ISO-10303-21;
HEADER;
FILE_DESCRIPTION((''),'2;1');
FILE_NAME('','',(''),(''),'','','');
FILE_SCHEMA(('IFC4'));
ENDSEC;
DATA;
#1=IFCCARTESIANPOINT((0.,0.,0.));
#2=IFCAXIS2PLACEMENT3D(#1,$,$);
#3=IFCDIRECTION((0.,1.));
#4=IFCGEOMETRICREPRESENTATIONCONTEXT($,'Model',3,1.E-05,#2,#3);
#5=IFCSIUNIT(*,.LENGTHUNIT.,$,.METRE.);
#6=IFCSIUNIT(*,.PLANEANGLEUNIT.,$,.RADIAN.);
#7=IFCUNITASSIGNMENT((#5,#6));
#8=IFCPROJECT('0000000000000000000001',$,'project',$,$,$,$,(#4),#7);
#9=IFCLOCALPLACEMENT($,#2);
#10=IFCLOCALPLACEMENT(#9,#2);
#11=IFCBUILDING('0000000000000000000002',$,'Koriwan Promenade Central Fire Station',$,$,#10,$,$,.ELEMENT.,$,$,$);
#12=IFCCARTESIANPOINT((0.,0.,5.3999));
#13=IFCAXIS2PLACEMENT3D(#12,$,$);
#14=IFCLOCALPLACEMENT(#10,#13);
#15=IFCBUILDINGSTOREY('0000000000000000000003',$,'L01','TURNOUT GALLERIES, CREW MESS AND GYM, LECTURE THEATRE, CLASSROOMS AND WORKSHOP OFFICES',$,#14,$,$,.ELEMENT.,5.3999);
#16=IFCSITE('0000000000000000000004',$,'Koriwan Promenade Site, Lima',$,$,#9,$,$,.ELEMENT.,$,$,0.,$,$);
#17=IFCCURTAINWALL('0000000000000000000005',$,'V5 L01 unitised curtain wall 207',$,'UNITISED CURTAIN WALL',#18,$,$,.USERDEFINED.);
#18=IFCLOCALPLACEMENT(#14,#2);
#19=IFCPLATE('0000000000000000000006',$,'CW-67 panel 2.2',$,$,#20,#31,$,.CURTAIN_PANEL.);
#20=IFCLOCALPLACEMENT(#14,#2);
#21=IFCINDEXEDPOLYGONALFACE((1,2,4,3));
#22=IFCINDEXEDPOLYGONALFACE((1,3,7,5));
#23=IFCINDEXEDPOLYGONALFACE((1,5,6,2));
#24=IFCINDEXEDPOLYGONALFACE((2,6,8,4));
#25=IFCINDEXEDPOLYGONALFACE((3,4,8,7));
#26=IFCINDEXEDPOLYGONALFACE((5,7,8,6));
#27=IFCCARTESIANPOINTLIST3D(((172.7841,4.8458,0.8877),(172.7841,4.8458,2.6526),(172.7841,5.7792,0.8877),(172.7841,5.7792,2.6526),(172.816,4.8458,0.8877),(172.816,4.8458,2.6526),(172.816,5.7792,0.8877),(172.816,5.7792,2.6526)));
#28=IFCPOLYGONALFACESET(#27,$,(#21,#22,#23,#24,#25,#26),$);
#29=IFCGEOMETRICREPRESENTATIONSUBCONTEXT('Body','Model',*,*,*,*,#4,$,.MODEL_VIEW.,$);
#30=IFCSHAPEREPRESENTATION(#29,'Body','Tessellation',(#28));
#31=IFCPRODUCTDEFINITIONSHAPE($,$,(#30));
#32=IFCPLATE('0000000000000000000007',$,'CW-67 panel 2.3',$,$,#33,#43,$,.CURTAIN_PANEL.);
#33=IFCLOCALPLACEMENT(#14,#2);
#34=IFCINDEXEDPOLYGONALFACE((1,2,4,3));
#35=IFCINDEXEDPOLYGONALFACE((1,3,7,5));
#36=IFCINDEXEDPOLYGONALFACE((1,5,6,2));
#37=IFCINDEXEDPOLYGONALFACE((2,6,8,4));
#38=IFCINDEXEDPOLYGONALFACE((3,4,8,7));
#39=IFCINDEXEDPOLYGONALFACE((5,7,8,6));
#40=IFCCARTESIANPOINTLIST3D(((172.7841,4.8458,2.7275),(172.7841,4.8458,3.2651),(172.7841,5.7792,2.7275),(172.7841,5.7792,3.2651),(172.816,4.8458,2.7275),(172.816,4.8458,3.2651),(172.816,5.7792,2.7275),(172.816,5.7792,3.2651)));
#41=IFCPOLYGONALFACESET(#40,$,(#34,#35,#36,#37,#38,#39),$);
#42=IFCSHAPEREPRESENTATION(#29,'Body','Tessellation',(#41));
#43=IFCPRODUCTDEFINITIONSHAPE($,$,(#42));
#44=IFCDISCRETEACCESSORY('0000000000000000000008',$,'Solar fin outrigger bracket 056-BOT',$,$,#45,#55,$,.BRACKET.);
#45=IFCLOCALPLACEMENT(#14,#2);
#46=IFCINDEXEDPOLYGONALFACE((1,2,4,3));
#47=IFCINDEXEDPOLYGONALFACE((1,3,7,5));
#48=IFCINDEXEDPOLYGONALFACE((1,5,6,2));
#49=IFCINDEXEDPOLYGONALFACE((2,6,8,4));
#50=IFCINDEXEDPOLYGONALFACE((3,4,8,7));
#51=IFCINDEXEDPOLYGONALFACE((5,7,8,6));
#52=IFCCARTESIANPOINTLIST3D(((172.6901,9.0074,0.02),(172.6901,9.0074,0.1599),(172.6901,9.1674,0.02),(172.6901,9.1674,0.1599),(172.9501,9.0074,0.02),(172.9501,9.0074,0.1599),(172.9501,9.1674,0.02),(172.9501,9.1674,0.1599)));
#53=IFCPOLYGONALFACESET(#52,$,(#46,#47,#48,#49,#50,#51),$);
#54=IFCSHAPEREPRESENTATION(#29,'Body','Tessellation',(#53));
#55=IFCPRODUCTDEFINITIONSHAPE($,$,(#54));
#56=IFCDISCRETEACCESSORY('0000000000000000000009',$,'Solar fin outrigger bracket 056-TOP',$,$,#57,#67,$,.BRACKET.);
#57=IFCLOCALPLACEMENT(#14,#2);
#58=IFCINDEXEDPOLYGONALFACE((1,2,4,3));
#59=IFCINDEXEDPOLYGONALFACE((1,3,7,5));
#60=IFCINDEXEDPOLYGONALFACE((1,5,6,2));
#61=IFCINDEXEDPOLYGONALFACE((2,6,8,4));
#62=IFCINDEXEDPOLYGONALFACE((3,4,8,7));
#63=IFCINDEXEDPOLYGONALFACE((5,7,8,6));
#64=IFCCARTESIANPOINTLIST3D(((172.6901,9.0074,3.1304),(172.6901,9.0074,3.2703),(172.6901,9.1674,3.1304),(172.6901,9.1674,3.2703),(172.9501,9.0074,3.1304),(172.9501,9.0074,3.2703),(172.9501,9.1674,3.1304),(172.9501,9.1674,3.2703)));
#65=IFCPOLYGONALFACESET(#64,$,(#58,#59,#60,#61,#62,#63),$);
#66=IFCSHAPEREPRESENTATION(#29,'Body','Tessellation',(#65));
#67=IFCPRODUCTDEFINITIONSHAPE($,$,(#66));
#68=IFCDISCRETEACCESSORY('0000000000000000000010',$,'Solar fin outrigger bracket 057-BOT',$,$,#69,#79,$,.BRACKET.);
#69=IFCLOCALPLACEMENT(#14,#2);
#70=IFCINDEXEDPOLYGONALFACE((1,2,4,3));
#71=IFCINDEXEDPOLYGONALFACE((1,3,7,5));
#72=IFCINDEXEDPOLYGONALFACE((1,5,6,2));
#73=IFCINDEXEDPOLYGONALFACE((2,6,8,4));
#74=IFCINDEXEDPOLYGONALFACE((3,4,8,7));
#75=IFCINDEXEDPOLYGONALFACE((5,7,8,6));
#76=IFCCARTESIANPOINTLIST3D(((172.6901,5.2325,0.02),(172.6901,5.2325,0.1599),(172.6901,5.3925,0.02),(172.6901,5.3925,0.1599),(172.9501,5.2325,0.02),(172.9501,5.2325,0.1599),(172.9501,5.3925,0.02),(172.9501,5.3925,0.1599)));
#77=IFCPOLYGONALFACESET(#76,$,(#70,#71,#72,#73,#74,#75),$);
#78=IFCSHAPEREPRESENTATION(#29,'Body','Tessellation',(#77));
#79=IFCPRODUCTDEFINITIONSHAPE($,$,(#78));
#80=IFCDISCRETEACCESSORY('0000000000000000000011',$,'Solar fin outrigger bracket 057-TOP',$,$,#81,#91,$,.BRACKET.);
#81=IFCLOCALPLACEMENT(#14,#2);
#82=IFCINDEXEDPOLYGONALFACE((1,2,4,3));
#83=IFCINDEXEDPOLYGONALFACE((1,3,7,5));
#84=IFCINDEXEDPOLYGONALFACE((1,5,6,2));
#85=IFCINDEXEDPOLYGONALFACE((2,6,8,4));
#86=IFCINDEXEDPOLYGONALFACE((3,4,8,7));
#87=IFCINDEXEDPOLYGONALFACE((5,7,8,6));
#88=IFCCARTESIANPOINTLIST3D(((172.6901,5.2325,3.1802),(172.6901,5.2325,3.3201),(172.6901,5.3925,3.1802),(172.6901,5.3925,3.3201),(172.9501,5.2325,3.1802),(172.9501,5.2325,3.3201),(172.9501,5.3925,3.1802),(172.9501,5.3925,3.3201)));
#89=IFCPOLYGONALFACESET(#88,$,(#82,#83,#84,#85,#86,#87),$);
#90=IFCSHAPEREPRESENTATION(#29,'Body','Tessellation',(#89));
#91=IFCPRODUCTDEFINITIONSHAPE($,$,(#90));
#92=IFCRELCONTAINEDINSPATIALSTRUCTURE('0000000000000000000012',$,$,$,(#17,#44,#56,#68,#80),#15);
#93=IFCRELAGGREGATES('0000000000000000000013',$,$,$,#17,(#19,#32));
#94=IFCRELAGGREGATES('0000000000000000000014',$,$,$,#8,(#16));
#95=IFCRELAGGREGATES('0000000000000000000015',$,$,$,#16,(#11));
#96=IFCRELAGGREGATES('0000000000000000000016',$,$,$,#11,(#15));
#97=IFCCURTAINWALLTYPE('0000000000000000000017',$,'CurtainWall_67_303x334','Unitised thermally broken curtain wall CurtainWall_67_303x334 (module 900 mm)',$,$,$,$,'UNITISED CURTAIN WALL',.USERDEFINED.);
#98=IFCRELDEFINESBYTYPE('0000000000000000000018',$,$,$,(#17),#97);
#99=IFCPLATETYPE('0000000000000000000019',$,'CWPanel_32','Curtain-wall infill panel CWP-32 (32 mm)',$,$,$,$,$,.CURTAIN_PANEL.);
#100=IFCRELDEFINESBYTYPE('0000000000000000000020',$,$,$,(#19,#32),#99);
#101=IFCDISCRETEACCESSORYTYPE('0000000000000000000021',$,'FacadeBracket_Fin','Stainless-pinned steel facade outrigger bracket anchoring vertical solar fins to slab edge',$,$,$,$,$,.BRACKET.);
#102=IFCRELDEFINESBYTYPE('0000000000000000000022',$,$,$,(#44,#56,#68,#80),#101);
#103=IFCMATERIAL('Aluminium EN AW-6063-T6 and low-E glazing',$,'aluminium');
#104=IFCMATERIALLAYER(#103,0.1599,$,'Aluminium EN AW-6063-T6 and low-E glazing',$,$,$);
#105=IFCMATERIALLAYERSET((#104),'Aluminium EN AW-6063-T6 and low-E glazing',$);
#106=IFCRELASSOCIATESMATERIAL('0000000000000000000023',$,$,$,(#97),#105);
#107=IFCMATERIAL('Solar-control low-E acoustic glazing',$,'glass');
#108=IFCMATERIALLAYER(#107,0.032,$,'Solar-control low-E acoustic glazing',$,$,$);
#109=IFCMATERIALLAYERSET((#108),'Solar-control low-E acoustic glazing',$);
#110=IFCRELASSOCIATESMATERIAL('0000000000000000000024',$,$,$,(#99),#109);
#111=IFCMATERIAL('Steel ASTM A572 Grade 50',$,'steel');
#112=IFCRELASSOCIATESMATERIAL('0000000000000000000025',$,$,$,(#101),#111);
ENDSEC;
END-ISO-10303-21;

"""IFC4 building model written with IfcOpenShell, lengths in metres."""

from ifc_helpers import new_model, si_unit, direction, frame, origin, origin_2d, place, context, subcontext, project, spatial, rectangle, extrude, material, layer, layer_set, type_object, element, aggregate, save


model = new_model("IFC4")

# Units and contexts
model_context = context("Model", 3, precision=1e-05, world=origin(), true_north=direction((0.0, 1.0)))
body_context = subcontext(model_context, "Body", "Model", "MODEL_VIEW")
ifc_project = project(units=[si_unit("LENGTHUNIT", "METRE"), si_unit("PLANEANGLEUNIT", "RADIAN")], contexts=[model_context])

# Site, building, storey
site_placement = place(None, origin())
site = spatial("IfcSite", under=ifc_project, at=site_placement, Name="Koriwan Promenade Site, Lima", CompositionType="ELEMENT", RefElevation=0.0)
building_placement = place(site_placement, origin())
building = spatial("IfcBuilding", under=site, at=building_placement, Name="Koriwan Promenade Central Fire Station", CompositionType="ELEMENT")
storey_placement = place(building_placement, frame((0.0, 0.0, 5.3999)))
storey = spatial("IfcBuildingStorey", under=building, at=storey_placement, Name="L01", Description="TURNOUT GALLERIES, CREW MESS AND GYM, LECTURE THEATRE, CLASSROOMS AND WORKSHOP OFFICES", CompositionType="ELEMENT", Elevation=5.3999)

# Curtain wall
ifc_material_1 = material(Name="Aluminium EN AW-6063-T6 and low-E glazing", Category="aluminium")
ifc_layer_1 = layer(ifc_material_1, 0.1599, Name="Aluminium EN AW-6063-T6 and low-E glazing")
ifc_layer_set_1 = layer_set([ifc_layer_1], Name="Aluminium EN AW-6063-T6 and low-E glazing")
curtain_wall_type_1 = type_object("IfcCurtainWallType", Name="CurtainWall_67_303x334", Description="Unitised thermally broken curtain wall CurtainWall_67_303x334 (module 900 mm)", ElementType="UNITISED CURTAIN WALL", PredefinedType="USERDEFINED", material=ifc_layer_set_1)
curtain_wall_1_placement = place(storey_placement, origin())
curtain_wall_1 = element("IfcCurtainWall", 1, at=curtain_wall_1_placement, inside=storey, type_object=curtain_wall_type_1, Name="V5 L01 unitised curtain wall 207", ObjectType="UNITISED CURTAIN WALL", PredefinedType="USERDEFINED")

# Plates
ifc_material_2 = material(Name="Solar-control low-E acoustic glazing", Category="glass")
ifc_layer_2 = layer(ifc_material_2, 0.032, Name="Solar-control low-E acoustic glazing")
ifc_layer_set_2 = layer_set([ifc_layer_2], Name="Solar-control low-E acoustic glazing")
plate_type = type_object("IfcPlateType", Name="CWPanel_32", Description="Curtain-wall infill panel CWP-32 (32 mm)", PredefinedType="CURTAIN_PANEL", material=ifc_layer_set_2)
plate_1_placement = place(storey_placement, frame((172.8, 5.3125, 0.8877), z_axis=(0.0, 0.0, 1.0), x_axis=(0.0, -1.0, 0.0)))
plate_1 = element("IfcPlate", 2, at=plate_1_placement, type_object=plate_type, Name="CW-67 panel 2.2", PredefinedType="CURTAIN_PANEL", context=body_context, shape_type="SweptSolid", body=[
    extrude(rectangle(XDim=0.9333, YDim=0.032, at=origin_2d()), origin(), (0.0, 0.0, 1.0), 1.7649),
])
plate_2_placement = place(storey_placement, frame((172.8, 5.3125, 2.7275), z_axis=(0.0, 0.0, 1.0), x_axis=(0.0, -1.0, 0.0)))
plate_2 = element("IfcPlate", 3, at=plate_2_placement, type_object=plate_type, Name="CW-67 panel 2.3", PredefinedType="CURTAIN_PANEL", context=body_context, shape_type="SweptSolid", body=[
    extrude(rectangle(XDim=0.9333, YDim=0.032, at=origin_2d()), origin(), (0.0, 0.0, 1.0), 0.5376),
])
aggregate(curtain_wall_1, [plate_1, plate_2])

# Discrete accessories
ifc_material_3 = material(Name="Steel ASTM A572 Grade 50", Category="steel")
discrete_accessory_type = type_object("IfcDiscreteAccessoryType", Name="FacadeBracket_Fin", Description="Stainless-pinned steel facade outrigger bracket anchoring vertical solar fins to slab edge", PredefinedType="BRACKET", material=ifc_material_3)
for number, where, z_axis, x_axis, name in (
    (4, (172.8201, 9.0874, 0.02), (0.0, 0.0, 1.0), (1.0, 0.0, 0.0), "Solar fin outrigger bracket 056-BOT"),
    (5, (172.8201, 9.0874, 3.1304), (0.0, 0.0, 1.0), (1.0, 0.0, 0.0), "Solar fin outrigger bracket 056-TOP"),
    (6, (172.8201, 5.3125, 0.02), (0.0, 0.0, 1.0), (1.0, 0.0, 0.0), "Solar fin outrigger bracket 057-BOT"),
    (7, (172.8201, 5.3125, 3.1802), (0.0, 0.0, 1.0), (1.0, 0.0, 0.0), "Solar fin outrigger bracket 057-TOP"),
):
    element("IfcDiscreteAccessory", number, at=place(storey_placement, frame(where, z_axis=z_axis, x_axis=x_axis)), inside=storey, type_object=discrete_accessory_type, Name=name, PredefinedType="BRACKET", context=body_context, shape_type="SweptSolid", body=[
        extrude(rectangle(XDim=0.26, YDim=0.1599, at=origin_2d()), origin(), (0.0, 0.0, 1.0), 0.1399),
    ])

save(model, "model.ifc")
